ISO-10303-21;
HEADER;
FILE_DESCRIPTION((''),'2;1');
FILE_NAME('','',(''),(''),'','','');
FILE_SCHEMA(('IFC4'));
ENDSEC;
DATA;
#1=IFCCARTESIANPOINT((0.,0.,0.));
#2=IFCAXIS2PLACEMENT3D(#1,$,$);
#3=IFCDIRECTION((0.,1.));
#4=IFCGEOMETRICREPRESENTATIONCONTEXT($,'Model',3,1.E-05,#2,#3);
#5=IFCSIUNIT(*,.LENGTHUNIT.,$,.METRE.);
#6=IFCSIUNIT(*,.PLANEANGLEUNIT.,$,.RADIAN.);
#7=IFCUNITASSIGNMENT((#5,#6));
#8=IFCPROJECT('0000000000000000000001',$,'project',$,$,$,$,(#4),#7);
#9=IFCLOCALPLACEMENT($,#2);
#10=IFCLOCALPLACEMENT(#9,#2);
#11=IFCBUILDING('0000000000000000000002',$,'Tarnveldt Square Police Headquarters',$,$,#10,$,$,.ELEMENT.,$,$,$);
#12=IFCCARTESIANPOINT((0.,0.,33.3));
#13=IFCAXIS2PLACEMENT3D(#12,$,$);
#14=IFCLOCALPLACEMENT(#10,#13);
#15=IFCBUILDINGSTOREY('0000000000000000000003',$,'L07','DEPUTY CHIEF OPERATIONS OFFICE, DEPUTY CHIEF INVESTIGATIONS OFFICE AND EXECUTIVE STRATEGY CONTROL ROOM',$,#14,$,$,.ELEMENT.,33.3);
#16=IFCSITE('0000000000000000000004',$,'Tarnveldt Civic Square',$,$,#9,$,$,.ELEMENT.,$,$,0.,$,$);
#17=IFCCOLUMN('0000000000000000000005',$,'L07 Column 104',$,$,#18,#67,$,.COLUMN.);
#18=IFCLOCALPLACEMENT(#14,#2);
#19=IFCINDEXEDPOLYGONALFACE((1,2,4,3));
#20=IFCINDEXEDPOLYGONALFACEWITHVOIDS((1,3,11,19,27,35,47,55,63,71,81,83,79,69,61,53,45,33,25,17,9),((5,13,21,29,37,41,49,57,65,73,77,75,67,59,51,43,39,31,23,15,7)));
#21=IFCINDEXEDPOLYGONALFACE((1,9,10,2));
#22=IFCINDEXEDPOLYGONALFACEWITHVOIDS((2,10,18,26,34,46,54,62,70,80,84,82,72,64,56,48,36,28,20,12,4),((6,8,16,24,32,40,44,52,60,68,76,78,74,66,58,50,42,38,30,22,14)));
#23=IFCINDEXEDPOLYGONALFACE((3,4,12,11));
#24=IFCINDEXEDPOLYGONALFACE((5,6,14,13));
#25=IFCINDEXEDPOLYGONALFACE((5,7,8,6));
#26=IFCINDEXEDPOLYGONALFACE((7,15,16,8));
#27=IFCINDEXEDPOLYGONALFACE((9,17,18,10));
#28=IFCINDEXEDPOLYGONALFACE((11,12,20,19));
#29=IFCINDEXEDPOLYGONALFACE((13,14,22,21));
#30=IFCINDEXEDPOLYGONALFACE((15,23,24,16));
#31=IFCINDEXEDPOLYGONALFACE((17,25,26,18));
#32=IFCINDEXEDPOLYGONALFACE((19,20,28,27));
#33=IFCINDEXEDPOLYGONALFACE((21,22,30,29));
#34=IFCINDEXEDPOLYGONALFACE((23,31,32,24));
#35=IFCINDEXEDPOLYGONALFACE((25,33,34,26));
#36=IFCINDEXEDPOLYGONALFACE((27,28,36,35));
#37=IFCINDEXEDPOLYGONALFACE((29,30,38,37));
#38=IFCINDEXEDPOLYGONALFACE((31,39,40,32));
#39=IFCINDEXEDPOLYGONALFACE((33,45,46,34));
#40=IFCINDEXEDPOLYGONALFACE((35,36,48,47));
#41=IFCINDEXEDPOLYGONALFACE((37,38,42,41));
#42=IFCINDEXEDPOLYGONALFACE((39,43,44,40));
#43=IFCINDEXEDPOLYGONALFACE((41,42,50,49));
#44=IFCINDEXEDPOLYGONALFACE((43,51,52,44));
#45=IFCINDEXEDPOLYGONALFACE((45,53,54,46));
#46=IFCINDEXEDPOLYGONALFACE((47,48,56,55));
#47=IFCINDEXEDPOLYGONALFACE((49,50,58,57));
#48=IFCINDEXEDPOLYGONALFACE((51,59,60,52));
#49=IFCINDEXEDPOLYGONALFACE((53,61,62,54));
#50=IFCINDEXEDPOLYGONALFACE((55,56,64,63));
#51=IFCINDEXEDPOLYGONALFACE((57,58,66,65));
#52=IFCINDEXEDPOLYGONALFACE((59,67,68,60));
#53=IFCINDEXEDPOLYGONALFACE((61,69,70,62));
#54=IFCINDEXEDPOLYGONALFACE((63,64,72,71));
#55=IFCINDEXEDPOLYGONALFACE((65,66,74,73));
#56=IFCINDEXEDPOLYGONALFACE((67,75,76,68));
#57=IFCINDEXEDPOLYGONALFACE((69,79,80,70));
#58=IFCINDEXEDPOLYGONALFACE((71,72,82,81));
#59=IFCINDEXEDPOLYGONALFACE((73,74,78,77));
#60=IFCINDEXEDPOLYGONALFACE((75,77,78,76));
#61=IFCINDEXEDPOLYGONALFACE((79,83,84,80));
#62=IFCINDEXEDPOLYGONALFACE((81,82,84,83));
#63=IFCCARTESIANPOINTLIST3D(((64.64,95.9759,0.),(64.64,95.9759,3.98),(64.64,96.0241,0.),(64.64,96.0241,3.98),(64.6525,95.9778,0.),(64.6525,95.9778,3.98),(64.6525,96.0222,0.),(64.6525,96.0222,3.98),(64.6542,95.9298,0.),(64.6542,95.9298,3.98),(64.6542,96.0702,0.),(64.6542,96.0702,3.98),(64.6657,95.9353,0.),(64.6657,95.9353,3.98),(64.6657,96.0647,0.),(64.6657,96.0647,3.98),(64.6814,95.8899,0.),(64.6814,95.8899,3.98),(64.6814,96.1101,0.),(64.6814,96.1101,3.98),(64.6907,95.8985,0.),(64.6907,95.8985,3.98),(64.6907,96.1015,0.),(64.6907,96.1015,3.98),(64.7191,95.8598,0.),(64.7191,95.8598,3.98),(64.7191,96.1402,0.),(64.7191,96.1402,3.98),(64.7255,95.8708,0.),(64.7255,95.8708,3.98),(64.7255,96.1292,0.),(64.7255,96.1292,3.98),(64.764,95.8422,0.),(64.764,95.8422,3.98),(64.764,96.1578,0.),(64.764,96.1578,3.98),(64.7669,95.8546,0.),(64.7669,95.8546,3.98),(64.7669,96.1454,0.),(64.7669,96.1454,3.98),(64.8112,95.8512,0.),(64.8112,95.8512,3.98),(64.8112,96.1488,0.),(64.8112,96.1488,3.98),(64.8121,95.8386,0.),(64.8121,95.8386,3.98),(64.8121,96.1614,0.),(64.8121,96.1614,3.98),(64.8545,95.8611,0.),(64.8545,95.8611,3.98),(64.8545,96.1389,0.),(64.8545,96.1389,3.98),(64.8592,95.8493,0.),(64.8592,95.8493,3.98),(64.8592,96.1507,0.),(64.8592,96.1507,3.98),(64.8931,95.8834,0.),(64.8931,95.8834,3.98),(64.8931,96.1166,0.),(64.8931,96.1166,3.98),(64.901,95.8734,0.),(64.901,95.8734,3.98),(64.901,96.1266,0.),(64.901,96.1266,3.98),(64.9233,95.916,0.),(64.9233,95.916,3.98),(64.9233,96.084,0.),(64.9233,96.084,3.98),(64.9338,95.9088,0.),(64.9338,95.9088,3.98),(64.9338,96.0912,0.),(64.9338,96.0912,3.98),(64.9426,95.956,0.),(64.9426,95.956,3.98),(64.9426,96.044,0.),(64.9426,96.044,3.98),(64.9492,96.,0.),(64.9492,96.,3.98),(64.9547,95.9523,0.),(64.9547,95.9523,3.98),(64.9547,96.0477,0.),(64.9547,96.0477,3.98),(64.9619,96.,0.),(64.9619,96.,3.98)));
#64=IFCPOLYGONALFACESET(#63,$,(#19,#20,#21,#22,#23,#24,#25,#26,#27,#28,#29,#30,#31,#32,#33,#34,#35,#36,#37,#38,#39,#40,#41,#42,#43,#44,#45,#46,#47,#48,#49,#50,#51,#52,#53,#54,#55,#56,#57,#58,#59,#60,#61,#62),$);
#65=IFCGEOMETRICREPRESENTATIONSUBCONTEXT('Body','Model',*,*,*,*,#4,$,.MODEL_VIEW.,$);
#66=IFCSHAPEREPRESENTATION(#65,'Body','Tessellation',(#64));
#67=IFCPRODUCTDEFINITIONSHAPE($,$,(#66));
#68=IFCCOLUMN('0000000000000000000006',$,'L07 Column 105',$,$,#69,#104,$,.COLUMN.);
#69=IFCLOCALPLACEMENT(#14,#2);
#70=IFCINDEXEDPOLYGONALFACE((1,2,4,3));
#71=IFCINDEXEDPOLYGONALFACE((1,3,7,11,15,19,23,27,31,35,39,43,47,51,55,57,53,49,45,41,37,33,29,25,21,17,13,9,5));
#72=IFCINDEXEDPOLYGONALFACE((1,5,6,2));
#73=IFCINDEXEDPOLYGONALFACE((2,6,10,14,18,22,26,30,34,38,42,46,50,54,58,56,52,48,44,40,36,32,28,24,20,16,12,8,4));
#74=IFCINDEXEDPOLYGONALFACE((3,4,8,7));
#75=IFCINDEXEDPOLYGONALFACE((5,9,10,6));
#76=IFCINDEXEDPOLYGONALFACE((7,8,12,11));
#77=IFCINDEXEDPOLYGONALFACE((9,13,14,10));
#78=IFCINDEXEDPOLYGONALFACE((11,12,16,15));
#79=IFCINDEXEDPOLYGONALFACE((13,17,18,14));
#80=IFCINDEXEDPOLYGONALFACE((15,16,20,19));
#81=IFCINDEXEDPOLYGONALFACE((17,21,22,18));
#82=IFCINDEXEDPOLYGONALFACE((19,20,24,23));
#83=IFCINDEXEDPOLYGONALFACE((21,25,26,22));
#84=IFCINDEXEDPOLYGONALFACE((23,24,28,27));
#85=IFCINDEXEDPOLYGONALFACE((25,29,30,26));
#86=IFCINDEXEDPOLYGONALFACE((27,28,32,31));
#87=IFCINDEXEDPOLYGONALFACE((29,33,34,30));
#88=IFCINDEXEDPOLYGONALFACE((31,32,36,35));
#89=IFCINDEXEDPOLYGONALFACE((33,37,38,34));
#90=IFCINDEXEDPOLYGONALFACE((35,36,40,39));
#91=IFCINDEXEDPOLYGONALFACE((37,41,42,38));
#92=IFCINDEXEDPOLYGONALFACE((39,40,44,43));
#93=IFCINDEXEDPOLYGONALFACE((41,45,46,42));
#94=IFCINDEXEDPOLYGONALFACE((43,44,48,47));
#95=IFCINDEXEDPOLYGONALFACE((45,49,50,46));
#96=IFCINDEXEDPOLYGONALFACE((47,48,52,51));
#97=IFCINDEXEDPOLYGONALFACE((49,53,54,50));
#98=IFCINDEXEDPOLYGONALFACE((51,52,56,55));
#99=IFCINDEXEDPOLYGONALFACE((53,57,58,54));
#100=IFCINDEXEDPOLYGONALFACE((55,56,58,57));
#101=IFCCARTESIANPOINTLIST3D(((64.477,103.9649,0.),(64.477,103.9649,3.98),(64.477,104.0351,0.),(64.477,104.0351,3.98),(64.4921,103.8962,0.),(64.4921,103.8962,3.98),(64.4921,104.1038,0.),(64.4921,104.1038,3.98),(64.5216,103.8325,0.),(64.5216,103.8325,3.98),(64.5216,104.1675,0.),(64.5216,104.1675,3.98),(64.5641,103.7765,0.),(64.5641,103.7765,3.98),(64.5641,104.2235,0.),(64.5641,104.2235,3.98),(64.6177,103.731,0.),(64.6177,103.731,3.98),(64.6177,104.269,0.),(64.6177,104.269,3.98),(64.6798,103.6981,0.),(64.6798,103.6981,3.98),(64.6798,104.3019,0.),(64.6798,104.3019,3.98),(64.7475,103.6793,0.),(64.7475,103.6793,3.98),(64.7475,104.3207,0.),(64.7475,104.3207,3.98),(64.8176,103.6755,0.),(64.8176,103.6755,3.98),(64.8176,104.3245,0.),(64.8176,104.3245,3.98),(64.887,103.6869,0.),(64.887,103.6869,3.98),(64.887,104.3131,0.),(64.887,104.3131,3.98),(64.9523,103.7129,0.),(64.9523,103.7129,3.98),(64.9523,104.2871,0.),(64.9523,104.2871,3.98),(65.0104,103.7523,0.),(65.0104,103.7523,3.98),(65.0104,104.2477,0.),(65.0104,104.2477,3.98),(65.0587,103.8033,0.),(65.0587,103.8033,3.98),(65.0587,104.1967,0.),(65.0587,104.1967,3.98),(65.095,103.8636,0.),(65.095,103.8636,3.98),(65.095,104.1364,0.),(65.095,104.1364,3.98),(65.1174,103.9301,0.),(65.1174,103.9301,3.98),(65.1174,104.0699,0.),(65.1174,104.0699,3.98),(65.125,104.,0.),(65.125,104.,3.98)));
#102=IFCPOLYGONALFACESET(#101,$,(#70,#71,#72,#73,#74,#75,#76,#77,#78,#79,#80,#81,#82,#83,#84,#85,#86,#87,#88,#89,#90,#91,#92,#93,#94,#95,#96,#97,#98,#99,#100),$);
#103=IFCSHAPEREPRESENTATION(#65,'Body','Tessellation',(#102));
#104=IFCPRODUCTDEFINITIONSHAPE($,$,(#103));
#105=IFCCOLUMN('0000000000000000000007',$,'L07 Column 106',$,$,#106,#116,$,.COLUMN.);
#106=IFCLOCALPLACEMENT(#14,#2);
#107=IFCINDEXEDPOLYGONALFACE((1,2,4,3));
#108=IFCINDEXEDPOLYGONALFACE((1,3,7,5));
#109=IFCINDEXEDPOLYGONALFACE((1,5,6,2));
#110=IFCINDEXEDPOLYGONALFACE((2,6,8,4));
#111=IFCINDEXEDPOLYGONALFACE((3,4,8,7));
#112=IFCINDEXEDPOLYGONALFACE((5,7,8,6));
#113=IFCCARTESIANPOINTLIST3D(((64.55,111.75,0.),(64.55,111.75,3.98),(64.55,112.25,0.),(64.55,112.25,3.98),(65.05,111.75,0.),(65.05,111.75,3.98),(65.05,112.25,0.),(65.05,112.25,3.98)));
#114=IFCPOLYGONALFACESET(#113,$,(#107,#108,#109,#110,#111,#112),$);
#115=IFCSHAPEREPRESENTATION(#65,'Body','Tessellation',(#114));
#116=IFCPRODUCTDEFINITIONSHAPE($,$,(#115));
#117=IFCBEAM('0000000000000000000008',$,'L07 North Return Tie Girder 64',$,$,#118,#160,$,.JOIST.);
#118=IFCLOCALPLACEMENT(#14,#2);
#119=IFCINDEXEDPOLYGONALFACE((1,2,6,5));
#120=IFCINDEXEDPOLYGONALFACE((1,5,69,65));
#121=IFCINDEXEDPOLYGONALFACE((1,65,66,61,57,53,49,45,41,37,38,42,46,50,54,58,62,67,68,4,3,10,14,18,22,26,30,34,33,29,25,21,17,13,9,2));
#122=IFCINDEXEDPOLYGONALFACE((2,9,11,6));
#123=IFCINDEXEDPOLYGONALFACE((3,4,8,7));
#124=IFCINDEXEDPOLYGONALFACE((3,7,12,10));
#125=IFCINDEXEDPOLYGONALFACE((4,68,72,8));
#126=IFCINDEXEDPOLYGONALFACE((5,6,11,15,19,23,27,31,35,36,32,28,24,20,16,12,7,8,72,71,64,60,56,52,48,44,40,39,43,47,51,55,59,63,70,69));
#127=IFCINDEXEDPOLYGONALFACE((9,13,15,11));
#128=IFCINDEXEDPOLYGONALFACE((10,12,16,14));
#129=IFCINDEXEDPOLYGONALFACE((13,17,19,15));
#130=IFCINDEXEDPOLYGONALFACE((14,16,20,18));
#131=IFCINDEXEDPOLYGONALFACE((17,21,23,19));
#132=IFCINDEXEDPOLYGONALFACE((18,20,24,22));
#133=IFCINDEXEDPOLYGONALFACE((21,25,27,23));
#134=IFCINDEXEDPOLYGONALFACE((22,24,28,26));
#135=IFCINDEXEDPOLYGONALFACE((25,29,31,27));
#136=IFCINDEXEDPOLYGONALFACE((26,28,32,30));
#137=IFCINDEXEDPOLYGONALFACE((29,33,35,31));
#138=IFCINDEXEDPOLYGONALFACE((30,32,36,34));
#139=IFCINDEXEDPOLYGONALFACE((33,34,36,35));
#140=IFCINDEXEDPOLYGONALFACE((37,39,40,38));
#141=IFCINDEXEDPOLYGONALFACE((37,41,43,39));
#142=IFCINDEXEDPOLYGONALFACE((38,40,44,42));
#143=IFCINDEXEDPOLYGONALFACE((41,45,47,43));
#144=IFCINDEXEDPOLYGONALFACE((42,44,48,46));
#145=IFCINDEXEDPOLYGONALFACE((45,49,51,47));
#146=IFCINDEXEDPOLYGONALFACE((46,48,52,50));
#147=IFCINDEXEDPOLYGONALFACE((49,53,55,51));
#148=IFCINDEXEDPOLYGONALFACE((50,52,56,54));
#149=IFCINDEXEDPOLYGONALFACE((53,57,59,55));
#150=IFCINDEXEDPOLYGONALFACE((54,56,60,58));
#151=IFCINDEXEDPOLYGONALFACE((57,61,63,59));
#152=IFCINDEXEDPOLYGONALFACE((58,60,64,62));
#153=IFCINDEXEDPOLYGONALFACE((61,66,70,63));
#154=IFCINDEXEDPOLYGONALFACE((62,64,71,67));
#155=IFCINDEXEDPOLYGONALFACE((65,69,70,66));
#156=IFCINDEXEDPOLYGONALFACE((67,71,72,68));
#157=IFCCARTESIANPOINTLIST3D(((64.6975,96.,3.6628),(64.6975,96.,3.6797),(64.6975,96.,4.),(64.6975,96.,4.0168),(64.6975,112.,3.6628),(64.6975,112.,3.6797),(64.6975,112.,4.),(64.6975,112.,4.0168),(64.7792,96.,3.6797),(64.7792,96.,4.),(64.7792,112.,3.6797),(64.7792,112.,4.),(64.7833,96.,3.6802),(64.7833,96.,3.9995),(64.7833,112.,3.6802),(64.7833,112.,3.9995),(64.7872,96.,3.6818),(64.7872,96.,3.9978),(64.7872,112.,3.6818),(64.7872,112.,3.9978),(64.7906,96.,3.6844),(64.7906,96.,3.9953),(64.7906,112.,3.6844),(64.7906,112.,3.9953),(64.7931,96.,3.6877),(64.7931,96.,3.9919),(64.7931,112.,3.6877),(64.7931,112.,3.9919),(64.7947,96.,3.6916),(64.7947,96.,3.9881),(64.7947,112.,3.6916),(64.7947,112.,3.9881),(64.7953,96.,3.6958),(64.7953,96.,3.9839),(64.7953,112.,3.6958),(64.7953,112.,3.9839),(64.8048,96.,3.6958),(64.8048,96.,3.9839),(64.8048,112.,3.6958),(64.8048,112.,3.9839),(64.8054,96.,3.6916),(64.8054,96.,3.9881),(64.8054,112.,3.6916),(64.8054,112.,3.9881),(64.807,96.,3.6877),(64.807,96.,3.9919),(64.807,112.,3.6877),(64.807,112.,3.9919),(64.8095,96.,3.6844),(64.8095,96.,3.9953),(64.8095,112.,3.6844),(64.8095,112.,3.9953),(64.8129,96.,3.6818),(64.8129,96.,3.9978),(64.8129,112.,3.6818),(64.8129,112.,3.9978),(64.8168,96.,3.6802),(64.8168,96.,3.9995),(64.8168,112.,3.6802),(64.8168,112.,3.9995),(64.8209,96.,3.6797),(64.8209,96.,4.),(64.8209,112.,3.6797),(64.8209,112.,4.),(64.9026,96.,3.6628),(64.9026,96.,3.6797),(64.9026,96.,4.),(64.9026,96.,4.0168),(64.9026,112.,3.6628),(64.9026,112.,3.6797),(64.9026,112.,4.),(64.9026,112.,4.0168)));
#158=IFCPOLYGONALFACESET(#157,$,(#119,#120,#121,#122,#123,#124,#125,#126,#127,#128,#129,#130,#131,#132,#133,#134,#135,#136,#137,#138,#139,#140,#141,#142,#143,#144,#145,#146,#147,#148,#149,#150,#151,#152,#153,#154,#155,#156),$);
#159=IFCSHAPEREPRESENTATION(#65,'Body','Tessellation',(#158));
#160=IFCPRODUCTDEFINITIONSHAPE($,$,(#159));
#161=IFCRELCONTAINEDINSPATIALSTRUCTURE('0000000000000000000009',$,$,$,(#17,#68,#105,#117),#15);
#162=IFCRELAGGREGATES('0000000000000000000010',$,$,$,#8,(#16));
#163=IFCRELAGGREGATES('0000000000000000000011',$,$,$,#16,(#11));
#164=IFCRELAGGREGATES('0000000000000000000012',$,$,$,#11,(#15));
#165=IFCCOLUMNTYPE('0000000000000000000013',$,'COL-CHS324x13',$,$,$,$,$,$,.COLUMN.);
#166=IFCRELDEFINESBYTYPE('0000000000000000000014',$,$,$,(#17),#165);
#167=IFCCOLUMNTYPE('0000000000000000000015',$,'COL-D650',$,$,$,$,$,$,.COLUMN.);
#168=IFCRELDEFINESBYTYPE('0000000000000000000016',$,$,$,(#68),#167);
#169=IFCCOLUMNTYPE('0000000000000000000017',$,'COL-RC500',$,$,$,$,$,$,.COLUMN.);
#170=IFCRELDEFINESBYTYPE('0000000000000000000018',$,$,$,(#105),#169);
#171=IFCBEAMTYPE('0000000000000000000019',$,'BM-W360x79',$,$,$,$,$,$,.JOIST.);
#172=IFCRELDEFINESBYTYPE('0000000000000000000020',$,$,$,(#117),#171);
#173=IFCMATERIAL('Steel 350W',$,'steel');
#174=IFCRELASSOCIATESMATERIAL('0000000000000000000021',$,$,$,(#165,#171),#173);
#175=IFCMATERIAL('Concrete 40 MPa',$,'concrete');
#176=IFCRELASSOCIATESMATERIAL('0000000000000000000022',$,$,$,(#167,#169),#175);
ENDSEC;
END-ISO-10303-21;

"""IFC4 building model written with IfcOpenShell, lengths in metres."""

from ifc_helpers import new_model, si_unit, direction, frame, origin, origin_2d, place, context, subcontext, project, spatial, rectangle, circle, hollow_circle, i_section, extrude, material, material_profile, profile_set, type_object, element, save


model = new_model("IFC4")

# Units and contexts
model_context = context("Model", 3, precision=1e-05, world=origin(), true_north=direction((0.0, 1.0)))
body_context = subcontext(model_context, "Body", "Model", "MODEL_VIEW")
ifc_project = project(units=[si_unit("LENGTHUNIT", "METRE"), si_unit("PLANEANGLEUNIT", "RADIAN")], contexts=[model_context])

# Site, building, storey
site_placement = place(None, origin())
site = spatial("IfcSite", under=ifc_project, at=site_placement, Name="Tarnveldt Civic Square", CompositionType="ELEMENT", RefElevation=0.0)
building_placement = place(site_placement, origin())
building = spatial("IfcBuilding", under=site, at=building_placement, Name="Tarnveldt Square Police Headquarters", CompositionType="ELEMENT")
storey_placement = place(building_placement, frame((0.0, 0.0, 33.3)))
storey = spatial("IfcBuildingStorey", under=building, at=storey_placement, Name="L07", Description="DEPUTY CHIEF OPERATIONS OFFICE, DEPUTY CHIEF INVESTIGATIONS OFFICE AND EXECUTIVE STRATEGY CONTROL ROOM", CompositionType="ELEMENT", Elevation=33.3)

# Columns
ifc_material_1 = material(Name="Steel 350W", Category="steel")
ifc_material_profile_1 = material_profile(ifc_material_1, hollow_circle(Radius=0.1619, WallThickness=0.0127, at=origin_2d()), Name="HSS324x13")
ifc_profile_set_1 = profile_set([ifc_material_profile_1], Name="Steel 350W")
column_type_1 = type_object("IfcColumnType", Name="COL-CHS324x13", PredefinedType="COLUMN", material=ifc_profile_set_1)
column_1_placement = place(storey_placement, frame((64.8, 96.0, 0.0), z_axis=(0.0, 0.0, 1.0), x_axis=(1.0, 0.0, 0.0)))
element("IfcColumn", 1, at=column_1_placement, inside=storey, type_object=column_type_1, Name="L07 Column 104", PredefinedType="COLUMN", context=body_context, shape_type="SweptSolid", body=[
    extrude(hollow_circle(Radius=0.1619, WallThickness=0.0127, at=origin_2d()), origin(), (0.0, 0.0, 1.0), 3.98),
])
ifc_material_2 = material(Name="Concrete 40 MPa", Category="concrete")
ifc_material_profile_2 = material_profile(ifc_material_2, circle(Radius=0.325, at=origin_2d()), Name="RC-D650")
ifc_profile_set_2 = profile_set([ifc_material_profile_2], Name="Concrete 40 MPa")
column_type_2 = type_object("IfcColumnType", Name="COL-D650", PredefinedType="COLUMN", material=ifc_profile_set_2)
column_2_placement = place(storey_placement, frame((64.8, 104.0, 0.0), z_axis=(0.0, 0.0, 1.0), x_axis=(1.0, 0.0, 0.0)))
element("IfcColumn", 2, at=column_2_placement, inside=storey, type_object=column_type_2, Name="L07 Column 105", PredefinedType="COLUMN", context=body_context, shape_type="SweptSolid", body=[
    extrude(circle(Radius=0.325, at=origin_2d()), origin(), (0.0, 0.0, 1.0), 3.98),
])
ifc_material_profile_3 = material_profile(ifc_material_2, rectangle(XDim=0.5, YDim=0.5, at=origin_2d()), Name="RC-C500x500")
ifc_profile_set_3 = profile_set([ifc_material_profile_3], Name="Concrete 40 MPa")
column_type_3 = type_object("IfcColumnType", Name="COL-RC500", PredefinedType="COLUMN", material=ifc_profile_set_3)
column_3_placement = place(storey_placement, frame((64.8, 112.0, 0.0), z_axis=(0.0, 0.0, 1.0), x_axis=(1.0, 0.0, 0.0)))
element("IfcColumn", 3, at=column_3_placement, inside=storey, type_object=column_type_3, Name="L07 Column 106", PredefinedType="COLUMN", context=body_context, shape_type="SweptSolid", body=[
    extrude(rectangle(XDim=0.5, YDim=0.5, at=origin_2d()), origin(), (0.0, 0.0, 1.0), 3.98),
])

# Beam
ifc_material_profile_4 = material_profile(ifc_material_1, i_section(OverallWidth=0.2051, OverallDepth=0.354, WebThickness=0.0095, FlangeThickness=0.0168, FilletRadius=0.0161, at=origin_2d()), Name="W360x79")
ifc_profile_set_4 = profile_set([ifc_material_profile_4], Name="Steel 350W")
beam_type = type_object("IfcBeamType", Name="BM-W360x79", PredefinedType="JOIST", material=ifc_profile_set_4)
beam_placement = place(storey_placement, frame((64.8, 96.0, 3.8398), z_axis=(0.0, 1.0, 0.0), x_axis=(-1.0, 0.0, 0.0)))
element("IfcBeam", 4, at=beam_placement, inside=storey, type_object=beam_type, Name="L07 North Return Tie Girder 64", PredefinedType="JOIST", context=body_context, shape_type="SweptSolid", body=[
    extrude(i_section(OverallWidth=0.2051, OverallDepth=0.354, WebThickness=0.0095, FlangeThickness=0.0168, FilletRadius=0.0161, at=origin_2d()), origin(), (0.0, 0.0, 1.0), 16.0),
])

save(model, "model.ifc")
